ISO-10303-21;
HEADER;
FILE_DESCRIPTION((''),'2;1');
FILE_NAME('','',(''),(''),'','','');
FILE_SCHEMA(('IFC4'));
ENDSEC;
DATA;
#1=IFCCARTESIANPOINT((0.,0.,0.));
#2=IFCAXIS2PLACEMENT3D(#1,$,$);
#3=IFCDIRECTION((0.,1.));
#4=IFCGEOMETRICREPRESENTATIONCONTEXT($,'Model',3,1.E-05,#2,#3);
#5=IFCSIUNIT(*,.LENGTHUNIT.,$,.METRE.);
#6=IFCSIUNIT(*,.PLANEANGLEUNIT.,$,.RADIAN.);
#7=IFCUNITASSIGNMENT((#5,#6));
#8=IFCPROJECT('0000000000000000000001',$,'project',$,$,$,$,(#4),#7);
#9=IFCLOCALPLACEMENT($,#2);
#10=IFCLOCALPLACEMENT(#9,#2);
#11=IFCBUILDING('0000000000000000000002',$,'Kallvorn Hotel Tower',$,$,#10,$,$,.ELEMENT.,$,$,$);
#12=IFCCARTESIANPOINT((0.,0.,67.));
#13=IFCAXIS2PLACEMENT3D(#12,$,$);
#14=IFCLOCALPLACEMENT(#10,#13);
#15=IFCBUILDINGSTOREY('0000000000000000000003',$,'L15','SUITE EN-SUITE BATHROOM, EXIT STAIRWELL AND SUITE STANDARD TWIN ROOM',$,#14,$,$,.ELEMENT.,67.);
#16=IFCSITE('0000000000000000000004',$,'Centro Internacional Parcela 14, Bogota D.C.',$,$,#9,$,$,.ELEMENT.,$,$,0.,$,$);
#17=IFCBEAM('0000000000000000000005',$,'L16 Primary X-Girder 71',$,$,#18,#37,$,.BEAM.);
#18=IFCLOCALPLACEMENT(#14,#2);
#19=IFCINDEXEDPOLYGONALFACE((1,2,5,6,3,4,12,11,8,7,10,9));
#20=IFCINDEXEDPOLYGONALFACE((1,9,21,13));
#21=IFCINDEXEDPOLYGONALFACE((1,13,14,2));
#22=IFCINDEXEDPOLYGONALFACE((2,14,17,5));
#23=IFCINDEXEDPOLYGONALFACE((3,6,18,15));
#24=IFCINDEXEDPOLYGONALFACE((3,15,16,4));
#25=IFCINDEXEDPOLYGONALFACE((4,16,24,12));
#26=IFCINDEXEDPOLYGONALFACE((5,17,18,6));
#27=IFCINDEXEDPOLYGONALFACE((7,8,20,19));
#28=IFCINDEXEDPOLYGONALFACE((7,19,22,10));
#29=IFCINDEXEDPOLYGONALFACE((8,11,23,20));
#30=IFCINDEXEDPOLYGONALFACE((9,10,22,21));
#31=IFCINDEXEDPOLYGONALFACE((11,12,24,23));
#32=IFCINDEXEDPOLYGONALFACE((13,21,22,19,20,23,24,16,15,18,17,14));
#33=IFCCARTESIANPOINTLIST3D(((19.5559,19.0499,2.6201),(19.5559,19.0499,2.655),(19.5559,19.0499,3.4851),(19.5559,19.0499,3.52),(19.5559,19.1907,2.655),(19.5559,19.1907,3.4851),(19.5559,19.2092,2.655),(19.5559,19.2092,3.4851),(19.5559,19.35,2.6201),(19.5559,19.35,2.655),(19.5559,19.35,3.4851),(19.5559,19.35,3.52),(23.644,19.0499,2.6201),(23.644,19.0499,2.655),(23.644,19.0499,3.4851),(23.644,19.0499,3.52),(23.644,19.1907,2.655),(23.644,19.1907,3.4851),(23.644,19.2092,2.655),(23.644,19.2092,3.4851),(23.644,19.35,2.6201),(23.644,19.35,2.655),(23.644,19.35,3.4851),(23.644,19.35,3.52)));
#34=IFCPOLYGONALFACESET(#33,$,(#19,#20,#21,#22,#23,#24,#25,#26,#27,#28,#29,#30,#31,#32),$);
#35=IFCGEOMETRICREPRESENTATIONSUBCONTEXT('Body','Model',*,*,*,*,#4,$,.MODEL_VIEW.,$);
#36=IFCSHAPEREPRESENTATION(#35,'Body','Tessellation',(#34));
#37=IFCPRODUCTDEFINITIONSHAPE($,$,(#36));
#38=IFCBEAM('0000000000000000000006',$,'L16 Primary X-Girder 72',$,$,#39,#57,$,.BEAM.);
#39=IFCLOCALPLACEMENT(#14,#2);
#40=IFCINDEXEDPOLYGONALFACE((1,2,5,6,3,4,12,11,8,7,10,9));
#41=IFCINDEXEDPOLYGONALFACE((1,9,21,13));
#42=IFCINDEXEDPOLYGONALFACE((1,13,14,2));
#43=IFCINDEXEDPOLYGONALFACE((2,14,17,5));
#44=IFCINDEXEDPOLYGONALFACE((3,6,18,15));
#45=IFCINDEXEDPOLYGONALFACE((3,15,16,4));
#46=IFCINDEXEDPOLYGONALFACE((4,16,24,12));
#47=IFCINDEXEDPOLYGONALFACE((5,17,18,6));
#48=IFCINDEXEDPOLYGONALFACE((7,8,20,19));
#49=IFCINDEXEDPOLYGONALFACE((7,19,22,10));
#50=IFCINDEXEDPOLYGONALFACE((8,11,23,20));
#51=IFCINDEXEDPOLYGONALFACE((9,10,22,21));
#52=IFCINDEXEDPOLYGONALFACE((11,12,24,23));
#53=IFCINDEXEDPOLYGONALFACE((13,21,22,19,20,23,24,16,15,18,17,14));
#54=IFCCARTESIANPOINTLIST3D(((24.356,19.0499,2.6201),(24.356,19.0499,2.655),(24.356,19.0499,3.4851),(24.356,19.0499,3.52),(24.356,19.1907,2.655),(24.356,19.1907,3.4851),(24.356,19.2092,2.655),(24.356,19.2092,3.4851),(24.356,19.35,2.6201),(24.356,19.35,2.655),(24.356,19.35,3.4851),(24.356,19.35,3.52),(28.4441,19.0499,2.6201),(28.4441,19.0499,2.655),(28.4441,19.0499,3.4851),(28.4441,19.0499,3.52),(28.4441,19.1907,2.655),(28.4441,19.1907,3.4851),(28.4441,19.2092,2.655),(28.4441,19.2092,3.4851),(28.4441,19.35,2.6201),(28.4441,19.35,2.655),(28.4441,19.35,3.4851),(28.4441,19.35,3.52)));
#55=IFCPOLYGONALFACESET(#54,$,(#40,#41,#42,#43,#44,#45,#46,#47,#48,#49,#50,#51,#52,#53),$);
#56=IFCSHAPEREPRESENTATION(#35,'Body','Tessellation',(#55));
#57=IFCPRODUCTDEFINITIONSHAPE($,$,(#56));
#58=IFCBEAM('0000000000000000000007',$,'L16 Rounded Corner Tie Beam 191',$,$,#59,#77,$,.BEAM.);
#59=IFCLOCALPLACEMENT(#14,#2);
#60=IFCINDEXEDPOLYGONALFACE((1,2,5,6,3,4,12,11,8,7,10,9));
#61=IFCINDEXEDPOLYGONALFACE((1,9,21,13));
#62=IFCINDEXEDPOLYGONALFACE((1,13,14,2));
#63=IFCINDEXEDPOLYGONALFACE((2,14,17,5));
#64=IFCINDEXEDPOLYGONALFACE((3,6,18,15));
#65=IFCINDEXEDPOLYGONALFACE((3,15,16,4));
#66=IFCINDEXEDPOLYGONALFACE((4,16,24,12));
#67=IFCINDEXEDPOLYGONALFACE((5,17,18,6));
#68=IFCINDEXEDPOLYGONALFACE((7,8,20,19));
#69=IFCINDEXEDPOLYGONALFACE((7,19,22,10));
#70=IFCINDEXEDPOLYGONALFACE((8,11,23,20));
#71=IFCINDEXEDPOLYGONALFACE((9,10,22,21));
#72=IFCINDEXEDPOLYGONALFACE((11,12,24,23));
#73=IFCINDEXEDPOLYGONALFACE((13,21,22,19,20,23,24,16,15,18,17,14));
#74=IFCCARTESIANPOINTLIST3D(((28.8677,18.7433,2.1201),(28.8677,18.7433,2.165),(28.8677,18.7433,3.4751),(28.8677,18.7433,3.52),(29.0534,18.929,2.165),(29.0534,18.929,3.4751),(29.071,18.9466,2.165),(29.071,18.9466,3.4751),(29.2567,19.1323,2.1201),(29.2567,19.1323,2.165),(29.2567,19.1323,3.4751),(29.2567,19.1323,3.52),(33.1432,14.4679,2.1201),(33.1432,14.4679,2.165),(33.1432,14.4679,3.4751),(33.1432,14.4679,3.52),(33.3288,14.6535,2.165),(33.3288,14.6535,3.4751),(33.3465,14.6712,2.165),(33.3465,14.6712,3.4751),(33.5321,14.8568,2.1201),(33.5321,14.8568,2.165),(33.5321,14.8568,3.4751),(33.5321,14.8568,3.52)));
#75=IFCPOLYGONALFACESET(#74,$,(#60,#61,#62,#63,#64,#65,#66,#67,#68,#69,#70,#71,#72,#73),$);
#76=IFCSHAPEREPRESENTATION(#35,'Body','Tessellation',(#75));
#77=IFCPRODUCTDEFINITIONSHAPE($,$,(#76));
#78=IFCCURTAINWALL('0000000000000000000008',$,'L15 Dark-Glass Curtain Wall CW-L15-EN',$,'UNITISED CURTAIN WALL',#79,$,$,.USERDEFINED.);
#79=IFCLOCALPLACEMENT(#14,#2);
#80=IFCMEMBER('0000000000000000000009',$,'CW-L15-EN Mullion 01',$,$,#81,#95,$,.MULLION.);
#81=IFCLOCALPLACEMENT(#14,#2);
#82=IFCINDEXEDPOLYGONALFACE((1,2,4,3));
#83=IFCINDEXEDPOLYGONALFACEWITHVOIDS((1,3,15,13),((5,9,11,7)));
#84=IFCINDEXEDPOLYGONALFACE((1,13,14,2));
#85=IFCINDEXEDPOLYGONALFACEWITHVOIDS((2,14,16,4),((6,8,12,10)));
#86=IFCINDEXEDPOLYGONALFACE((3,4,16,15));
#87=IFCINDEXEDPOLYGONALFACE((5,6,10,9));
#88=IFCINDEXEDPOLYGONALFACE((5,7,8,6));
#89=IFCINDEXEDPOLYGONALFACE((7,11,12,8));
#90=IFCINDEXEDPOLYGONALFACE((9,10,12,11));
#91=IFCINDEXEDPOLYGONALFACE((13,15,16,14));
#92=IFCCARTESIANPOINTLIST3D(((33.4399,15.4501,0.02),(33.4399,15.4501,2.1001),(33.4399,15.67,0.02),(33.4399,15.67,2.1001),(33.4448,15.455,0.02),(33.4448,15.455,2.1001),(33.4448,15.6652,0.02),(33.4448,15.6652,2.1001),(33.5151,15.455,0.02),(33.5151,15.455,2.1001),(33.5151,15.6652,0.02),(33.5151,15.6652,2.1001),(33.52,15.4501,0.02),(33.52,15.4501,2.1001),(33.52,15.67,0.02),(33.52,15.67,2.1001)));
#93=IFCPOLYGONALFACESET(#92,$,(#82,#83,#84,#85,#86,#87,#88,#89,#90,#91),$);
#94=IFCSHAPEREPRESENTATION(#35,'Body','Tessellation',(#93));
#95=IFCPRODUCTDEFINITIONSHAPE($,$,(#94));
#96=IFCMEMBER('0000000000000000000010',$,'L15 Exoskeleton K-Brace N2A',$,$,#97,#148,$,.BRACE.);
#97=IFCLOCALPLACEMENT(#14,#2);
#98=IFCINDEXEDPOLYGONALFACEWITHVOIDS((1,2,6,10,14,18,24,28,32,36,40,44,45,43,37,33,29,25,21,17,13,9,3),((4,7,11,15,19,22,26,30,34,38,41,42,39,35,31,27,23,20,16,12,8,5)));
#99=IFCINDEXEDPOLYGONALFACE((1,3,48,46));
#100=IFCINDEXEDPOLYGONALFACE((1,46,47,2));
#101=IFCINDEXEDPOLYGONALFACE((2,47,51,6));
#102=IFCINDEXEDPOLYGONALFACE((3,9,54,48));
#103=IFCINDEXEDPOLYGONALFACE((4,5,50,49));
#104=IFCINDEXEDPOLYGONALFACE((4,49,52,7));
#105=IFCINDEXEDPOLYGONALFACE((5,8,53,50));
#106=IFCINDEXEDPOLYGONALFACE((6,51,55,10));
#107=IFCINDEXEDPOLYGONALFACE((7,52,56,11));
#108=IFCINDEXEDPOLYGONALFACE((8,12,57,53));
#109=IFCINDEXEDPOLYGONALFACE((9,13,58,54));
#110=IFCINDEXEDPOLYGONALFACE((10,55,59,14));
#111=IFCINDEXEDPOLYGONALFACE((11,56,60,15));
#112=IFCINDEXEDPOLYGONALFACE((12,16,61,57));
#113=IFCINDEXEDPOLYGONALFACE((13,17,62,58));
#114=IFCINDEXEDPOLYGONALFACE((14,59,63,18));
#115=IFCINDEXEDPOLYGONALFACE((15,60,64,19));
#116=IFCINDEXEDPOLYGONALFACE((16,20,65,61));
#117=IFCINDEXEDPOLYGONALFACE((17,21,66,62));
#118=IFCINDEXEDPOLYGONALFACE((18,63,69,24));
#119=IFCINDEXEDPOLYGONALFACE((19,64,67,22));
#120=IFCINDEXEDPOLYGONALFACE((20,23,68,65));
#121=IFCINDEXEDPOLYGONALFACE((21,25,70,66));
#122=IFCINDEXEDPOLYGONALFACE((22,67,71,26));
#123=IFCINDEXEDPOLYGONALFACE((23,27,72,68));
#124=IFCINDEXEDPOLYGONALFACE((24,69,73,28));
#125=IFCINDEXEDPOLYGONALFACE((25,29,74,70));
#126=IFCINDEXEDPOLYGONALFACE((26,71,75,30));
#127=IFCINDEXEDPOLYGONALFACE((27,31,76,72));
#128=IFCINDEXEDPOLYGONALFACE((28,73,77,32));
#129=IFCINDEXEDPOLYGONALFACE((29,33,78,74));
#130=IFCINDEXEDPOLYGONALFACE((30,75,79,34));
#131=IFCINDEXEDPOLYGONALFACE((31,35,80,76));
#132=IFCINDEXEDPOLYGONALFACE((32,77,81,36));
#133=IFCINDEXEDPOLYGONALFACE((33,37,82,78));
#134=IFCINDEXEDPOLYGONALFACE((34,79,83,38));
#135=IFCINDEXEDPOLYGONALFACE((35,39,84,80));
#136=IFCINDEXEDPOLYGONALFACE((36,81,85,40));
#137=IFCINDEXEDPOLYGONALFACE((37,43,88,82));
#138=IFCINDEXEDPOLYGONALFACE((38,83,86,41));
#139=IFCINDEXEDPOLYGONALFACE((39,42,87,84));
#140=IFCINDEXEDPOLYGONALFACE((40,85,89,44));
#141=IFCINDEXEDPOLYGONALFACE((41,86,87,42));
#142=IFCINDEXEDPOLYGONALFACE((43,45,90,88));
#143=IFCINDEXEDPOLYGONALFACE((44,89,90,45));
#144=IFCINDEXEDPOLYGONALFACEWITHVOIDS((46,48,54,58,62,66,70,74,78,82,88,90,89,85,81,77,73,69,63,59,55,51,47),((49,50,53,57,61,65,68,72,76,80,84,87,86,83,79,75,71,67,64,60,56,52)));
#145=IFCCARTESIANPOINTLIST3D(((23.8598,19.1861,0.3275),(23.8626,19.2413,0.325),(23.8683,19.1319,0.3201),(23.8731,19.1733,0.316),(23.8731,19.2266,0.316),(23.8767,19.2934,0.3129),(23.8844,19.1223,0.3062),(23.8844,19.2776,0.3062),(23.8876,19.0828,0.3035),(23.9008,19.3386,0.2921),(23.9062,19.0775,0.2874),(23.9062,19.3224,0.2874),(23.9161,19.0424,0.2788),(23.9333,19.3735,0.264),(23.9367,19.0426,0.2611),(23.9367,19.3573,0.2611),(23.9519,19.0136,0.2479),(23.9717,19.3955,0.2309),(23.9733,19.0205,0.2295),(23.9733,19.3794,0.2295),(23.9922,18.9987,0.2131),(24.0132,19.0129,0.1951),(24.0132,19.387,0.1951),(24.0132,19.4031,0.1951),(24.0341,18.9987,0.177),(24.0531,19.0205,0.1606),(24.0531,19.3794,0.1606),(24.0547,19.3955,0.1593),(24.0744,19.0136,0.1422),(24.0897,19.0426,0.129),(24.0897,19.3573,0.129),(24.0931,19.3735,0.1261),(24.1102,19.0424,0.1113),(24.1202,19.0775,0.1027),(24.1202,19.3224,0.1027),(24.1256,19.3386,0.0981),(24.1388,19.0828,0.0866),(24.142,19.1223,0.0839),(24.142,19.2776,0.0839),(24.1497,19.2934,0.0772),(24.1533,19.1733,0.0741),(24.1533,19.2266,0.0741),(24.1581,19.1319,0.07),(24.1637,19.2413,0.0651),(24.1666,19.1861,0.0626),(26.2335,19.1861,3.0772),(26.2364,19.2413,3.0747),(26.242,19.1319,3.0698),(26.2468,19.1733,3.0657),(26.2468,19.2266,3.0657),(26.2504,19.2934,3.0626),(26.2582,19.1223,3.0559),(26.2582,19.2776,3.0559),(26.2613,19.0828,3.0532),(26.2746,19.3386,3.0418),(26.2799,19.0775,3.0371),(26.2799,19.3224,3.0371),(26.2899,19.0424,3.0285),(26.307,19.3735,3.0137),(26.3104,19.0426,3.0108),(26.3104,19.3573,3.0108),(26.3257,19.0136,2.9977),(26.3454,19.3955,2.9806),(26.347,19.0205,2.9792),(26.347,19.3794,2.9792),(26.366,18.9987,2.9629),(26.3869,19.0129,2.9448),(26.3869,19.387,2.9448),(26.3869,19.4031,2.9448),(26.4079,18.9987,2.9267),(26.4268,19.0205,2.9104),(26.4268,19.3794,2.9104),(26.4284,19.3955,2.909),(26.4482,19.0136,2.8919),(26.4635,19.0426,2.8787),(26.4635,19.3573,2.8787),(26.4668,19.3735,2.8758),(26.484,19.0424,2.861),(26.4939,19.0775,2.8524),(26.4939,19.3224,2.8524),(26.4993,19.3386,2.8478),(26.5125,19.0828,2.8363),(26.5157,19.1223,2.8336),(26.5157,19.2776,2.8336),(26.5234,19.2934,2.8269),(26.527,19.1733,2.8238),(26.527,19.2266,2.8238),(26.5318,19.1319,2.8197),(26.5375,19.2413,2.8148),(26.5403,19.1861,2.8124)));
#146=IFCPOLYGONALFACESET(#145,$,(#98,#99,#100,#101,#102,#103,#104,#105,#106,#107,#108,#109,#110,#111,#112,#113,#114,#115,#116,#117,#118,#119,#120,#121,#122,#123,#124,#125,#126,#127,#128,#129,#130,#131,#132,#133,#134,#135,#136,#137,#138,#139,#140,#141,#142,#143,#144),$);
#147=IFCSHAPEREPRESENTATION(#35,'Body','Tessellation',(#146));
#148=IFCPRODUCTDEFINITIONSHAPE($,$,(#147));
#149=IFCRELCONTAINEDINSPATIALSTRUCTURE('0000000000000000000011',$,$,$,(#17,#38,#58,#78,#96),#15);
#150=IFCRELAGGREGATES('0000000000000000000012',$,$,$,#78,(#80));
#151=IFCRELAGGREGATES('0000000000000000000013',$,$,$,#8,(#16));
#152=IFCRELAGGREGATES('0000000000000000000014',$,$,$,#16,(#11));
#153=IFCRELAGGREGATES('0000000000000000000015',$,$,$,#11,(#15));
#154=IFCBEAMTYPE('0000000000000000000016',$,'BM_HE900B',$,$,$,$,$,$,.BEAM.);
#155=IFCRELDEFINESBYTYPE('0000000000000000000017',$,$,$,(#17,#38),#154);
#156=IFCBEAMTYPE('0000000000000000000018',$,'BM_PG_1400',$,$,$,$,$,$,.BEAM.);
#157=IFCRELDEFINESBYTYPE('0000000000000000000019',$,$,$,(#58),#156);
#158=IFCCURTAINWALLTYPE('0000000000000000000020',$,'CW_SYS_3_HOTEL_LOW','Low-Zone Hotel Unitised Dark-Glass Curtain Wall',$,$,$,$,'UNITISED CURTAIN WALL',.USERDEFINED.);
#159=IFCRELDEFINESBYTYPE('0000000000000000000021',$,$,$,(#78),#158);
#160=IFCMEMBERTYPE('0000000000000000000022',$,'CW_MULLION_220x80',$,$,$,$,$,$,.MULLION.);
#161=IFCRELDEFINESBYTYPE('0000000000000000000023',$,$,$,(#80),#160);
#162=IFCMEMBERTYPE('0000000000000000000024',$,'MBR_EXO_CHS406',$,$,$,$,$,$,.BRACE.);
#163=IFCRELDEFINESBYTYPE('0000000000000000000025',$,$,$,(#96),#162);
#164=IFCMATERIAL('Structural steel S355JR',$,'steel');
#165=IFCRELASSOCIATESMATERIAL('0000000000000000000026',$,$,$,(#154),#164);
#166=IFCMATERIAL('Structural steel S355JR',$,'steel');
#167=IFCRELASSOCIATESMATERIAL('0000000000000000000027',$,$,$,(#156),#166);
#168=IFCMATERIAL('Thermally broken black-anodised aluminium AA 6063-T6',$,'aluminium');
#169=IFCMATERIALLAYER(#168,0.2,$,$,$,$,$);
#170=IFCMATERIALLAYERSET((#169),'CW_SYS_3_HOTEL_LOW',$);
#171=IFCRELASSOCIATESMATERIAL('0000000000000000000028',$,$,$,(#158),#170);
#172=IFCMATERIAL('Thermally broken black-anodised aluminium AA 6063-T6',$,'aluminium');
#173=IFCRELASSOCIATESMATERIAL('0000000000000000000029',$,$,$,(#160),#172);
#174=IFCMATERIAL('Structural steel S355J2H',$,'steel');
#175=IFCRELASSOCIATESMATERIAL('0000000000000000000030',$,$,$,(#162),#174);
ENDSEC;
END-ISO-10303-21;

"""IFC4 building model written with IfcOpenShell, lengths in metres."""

from ifc_helpers import new_model, si_unit, direction, frame, origin, origin_2d, place, context, subcontext, project, spatial, hollow_rectangle, hollow_circle, i_section, extrude, material, layer, layer_set, material_profile, profile_set, type_object, element, aggregate, save


model = new_model("IFC4")

# Units and contexts
model_context = context("Model", 3, precision=1e-05, world=origin(), true_north=direction((0.0, 1.0)))
body_context = subcontext(model_context, "Body", "Model", "MODEL_VIEW")
ifc_project = project(units=[si_unit("LENGTHUNIT", "METRE"), si_unit("PLANEANGLEUNIT", "RADIAN")], contexts=[model_context])

# Site, building, storey
site_placement = place(None, origin())
site = spatial("IfcSite", under=ifc_project, at=site_placement, Name="Centro Internacional Parcela 14, Bogota D.C.", CompositionType="ELEMENT", RefElevation=0.0)
building_placement = place(site_placement, origin())
building = spatial("IfcBuilding", under=site, at=building_placement, Name="Kallvorn Hotel Tower", CompositionType="ELEMENT")
storey_placement = place(building_placement, frame((0.0, 0.0, 67.0)))
storey = spatial("IfcBuildingStorey", under=building, at=storey_placement, Name="L15", Description="SUITE EN-SUITE BATHROOM, EXIT STAIRWELL AND SUITE STANDARD TWIN ROOM", CompositionType="ELEMENT", Elevation=67.0)

# Beams
ifc_material_1 = material(Name="Structural steel S355JR", Category="steel")
ifc_material_profile_1 = material_profile(ifc_material_1, i_section(OverallWidth=0.3, OverallDepth=0.8999, WebThickness=0.0186, FlangeThickness=0.0349, at=origin_2d()), Name="HE 900 B")
ifc_profile_set_1 = profile_set([ifc_material_profile_1], Name="Structural steel S355JR")
beam_type_1 = type_object("IfcBeamType", Name="BM_HE900B", PredefinedType="BEAM", material=ifc_profile_set_1)
for number, where, z_axis, x_axis, name in (
    (1, (19.5559, 19.2, 3.0701), (1.0, 0.0, 0.0), (0.0, 1.0, 0.0), "L16 Primary X-Girder 71"),
    (2, (24.356, 19.2, 3.0701), (1.0, 0.0, 0.0), (0.0, 1.0, 0.0), "L16 Primary X-Girder 72"),
):
    element("IfcBeam", number, at=place(storey_placement, frame(where, z_axis=z_axis, x_axis=x_axis)), inside=storey, type_object=beam_type_1, Name=name, PredefinedType="BEAM", context=body_context, shape_type="SweptSolid", body=[
        extrude(i_section(OverallWidth=0.3, OverallDepth=0.8999, WebThickness=0.0186, FlangeThickness=0.0349, at=origin_2d()), origin(), (0.0, 0.0, 1.0), 4.0881),
    ])
ifc_material_2 = material(Name="Structural steel S355JR", Category="steel")
ifc_material_profile_2 = material_profile(ifc_material_2, i_section(OverallWidth=0.55, OverallDepth=1.3999, WebThickness=0.0249, FlangeThickness=0.0449, at=origin_2d()), Name="PG 1400x550x25x45")
ifc_profile_set_2 = profile_set([ifc_material_profile_2], Name="Structural steel S355JR")
beam_type_2 = type_object("IfcBeamType", Name="BM_PG_1400", PredefinedType="BEAM", material=ifc_profile_set_2)
beam_1_placement = place(storey_placement, frame((33.3376, 14.6624, 2.8201), z_axis=(-0.707107, 0.707107, 0.0), x_axis=(-0.707107, -0.707107, 0.0)))
element("IfcBeam", 3, at=beam_1_placement, inside=storey, type_object=beam_type_2, Name="L16 Rounded Corner Tie Beam 191", PredefinedType="BEAM", context=body_context, shape_type="SweptSolid", body=[
    extrude(i_section(OverallWidth=0.55, OverallDepth=1.3999, WebThickness=0.0249, FlangeThickness=0.0449, at=origin_2d()), origin(), (0.0, 0.0, 1.0), 6.0464),
])

# Curtain wall, member
ifc_material_3 = material(Name="Thermally broken black-anodised aluminium AA 6063-T6", Category="aluminium")
ifc_layer_1 = layer(ifc_material_3, 0.2)
ifc_layer_set_1 = layer_set([ifc_layer_1], Name="CW_SYS_3_HOTEL_LOW")
curtain_wall_type = type_object("IfcCurtainWallType", Name="CW_SYS_3_HOTEL_LOW", Description="Low-Zone Hotel Unitised Dark-Glass Curtain Wall", ElementType="UNITISED CURTAIN WALL", PredefinedType="USERDEFINED", material=ifc_layer_set_1)
curtain_wall_placement = place(storey_placement, origin())
curtain_wall = element("IfcCurtainWall", 4, at=curtain_wall_placement, inside=storey, type_object=curtain_wall_type, Name="L15 Dark-Glass Curtain Wall CW-L15-EN", ObjectType="UNITISED CURTAIN WALL", PredefinedType="USERDEFINED")
ifc_material_4 = material(Name="Thermally broken black-anodised aluminium AA 6063-T6", Category="aluminium")
ifc_material_profile_3 = material_profile(ifc_material_4, hollow_rectangle(XDim=0.0801, YDim=0.22, WallThickness=0.0049, at=origin_2d()), Name="MUL 220x80")
ifc_profile_set_3 = profile_set([ifc_material_profile_3], Name="Thermally broken black-anodised aluminium AA 6063-T6")
member_type_1 = type_object("IfcMemberType", Name="CW_MULLION_220x80", PredefinedType="MULLION", material=ifc_profile_set_3)
member_placement = place(storey_placement, frame((33.48, 15.5601, 0.02), z_axis=(0.0, 0.0, 1.0), x_axis=(1.0, 0.0, 0.0)))
member = element("IfcMember", 5, at=member_placement, type_object=member_type_1, Name="CW-L15-EN Mullion 01", PredefinedType="MULLION", context=body_context, shape_type="SweptSolid", body=[
    extrude(hollow_rectangle(XDim=0.0801, YDim=0.22, WallThickness=0.0049, at=origin_2d()), origin(), (0.0, 0.0, 1.0), 2.0801),
])
aggregate(curtain_wall, [member])

# Member
ifc_material_5 = material(Name="Structural steel S355J2H", Category="steel")
ifc_material_profile_4 = material_profile(ifc_material_5, hollow_circle(Radius=0.2031, WallThickness=0.0161, at=origin_2d()), Name="CHS 406.4x16")
ifc_profile_set_4 = profile_set([ifc_material_profile_4], Name="Structural steel S355J2H")
member_type_2 = type_object("IfcMemberType", Name="MBR_EXO_CHS406", PredefinedType="BRACE", material=ifc_profile_set_4)
for number, where, z_axis, x_axis, name in (
    (6, (24.0132, 19.2, 0.1951), (0.653461, 0.0, 0.756961), (0.0, 1.0, 0.0), "L15 Exoskeleton K-Brace N2A"),
):
    element("IfcMember", number, at=place(storey_placement, frame(where, z_axis=z_axis, x_axis=x_axis)), inside=storey, type_object=member_type_2, Name=name, PredefinedType="BRACE", context=body_context, shape_type="SweptSolid", body=[
        extrude(hollow_circle(Radius=0.2031, WallThickness=0.0161, at=origin_2d()), origin(), (0.0, 0.0, 1.0), 3.6326),
    ])

save(model, "model.ifc")
